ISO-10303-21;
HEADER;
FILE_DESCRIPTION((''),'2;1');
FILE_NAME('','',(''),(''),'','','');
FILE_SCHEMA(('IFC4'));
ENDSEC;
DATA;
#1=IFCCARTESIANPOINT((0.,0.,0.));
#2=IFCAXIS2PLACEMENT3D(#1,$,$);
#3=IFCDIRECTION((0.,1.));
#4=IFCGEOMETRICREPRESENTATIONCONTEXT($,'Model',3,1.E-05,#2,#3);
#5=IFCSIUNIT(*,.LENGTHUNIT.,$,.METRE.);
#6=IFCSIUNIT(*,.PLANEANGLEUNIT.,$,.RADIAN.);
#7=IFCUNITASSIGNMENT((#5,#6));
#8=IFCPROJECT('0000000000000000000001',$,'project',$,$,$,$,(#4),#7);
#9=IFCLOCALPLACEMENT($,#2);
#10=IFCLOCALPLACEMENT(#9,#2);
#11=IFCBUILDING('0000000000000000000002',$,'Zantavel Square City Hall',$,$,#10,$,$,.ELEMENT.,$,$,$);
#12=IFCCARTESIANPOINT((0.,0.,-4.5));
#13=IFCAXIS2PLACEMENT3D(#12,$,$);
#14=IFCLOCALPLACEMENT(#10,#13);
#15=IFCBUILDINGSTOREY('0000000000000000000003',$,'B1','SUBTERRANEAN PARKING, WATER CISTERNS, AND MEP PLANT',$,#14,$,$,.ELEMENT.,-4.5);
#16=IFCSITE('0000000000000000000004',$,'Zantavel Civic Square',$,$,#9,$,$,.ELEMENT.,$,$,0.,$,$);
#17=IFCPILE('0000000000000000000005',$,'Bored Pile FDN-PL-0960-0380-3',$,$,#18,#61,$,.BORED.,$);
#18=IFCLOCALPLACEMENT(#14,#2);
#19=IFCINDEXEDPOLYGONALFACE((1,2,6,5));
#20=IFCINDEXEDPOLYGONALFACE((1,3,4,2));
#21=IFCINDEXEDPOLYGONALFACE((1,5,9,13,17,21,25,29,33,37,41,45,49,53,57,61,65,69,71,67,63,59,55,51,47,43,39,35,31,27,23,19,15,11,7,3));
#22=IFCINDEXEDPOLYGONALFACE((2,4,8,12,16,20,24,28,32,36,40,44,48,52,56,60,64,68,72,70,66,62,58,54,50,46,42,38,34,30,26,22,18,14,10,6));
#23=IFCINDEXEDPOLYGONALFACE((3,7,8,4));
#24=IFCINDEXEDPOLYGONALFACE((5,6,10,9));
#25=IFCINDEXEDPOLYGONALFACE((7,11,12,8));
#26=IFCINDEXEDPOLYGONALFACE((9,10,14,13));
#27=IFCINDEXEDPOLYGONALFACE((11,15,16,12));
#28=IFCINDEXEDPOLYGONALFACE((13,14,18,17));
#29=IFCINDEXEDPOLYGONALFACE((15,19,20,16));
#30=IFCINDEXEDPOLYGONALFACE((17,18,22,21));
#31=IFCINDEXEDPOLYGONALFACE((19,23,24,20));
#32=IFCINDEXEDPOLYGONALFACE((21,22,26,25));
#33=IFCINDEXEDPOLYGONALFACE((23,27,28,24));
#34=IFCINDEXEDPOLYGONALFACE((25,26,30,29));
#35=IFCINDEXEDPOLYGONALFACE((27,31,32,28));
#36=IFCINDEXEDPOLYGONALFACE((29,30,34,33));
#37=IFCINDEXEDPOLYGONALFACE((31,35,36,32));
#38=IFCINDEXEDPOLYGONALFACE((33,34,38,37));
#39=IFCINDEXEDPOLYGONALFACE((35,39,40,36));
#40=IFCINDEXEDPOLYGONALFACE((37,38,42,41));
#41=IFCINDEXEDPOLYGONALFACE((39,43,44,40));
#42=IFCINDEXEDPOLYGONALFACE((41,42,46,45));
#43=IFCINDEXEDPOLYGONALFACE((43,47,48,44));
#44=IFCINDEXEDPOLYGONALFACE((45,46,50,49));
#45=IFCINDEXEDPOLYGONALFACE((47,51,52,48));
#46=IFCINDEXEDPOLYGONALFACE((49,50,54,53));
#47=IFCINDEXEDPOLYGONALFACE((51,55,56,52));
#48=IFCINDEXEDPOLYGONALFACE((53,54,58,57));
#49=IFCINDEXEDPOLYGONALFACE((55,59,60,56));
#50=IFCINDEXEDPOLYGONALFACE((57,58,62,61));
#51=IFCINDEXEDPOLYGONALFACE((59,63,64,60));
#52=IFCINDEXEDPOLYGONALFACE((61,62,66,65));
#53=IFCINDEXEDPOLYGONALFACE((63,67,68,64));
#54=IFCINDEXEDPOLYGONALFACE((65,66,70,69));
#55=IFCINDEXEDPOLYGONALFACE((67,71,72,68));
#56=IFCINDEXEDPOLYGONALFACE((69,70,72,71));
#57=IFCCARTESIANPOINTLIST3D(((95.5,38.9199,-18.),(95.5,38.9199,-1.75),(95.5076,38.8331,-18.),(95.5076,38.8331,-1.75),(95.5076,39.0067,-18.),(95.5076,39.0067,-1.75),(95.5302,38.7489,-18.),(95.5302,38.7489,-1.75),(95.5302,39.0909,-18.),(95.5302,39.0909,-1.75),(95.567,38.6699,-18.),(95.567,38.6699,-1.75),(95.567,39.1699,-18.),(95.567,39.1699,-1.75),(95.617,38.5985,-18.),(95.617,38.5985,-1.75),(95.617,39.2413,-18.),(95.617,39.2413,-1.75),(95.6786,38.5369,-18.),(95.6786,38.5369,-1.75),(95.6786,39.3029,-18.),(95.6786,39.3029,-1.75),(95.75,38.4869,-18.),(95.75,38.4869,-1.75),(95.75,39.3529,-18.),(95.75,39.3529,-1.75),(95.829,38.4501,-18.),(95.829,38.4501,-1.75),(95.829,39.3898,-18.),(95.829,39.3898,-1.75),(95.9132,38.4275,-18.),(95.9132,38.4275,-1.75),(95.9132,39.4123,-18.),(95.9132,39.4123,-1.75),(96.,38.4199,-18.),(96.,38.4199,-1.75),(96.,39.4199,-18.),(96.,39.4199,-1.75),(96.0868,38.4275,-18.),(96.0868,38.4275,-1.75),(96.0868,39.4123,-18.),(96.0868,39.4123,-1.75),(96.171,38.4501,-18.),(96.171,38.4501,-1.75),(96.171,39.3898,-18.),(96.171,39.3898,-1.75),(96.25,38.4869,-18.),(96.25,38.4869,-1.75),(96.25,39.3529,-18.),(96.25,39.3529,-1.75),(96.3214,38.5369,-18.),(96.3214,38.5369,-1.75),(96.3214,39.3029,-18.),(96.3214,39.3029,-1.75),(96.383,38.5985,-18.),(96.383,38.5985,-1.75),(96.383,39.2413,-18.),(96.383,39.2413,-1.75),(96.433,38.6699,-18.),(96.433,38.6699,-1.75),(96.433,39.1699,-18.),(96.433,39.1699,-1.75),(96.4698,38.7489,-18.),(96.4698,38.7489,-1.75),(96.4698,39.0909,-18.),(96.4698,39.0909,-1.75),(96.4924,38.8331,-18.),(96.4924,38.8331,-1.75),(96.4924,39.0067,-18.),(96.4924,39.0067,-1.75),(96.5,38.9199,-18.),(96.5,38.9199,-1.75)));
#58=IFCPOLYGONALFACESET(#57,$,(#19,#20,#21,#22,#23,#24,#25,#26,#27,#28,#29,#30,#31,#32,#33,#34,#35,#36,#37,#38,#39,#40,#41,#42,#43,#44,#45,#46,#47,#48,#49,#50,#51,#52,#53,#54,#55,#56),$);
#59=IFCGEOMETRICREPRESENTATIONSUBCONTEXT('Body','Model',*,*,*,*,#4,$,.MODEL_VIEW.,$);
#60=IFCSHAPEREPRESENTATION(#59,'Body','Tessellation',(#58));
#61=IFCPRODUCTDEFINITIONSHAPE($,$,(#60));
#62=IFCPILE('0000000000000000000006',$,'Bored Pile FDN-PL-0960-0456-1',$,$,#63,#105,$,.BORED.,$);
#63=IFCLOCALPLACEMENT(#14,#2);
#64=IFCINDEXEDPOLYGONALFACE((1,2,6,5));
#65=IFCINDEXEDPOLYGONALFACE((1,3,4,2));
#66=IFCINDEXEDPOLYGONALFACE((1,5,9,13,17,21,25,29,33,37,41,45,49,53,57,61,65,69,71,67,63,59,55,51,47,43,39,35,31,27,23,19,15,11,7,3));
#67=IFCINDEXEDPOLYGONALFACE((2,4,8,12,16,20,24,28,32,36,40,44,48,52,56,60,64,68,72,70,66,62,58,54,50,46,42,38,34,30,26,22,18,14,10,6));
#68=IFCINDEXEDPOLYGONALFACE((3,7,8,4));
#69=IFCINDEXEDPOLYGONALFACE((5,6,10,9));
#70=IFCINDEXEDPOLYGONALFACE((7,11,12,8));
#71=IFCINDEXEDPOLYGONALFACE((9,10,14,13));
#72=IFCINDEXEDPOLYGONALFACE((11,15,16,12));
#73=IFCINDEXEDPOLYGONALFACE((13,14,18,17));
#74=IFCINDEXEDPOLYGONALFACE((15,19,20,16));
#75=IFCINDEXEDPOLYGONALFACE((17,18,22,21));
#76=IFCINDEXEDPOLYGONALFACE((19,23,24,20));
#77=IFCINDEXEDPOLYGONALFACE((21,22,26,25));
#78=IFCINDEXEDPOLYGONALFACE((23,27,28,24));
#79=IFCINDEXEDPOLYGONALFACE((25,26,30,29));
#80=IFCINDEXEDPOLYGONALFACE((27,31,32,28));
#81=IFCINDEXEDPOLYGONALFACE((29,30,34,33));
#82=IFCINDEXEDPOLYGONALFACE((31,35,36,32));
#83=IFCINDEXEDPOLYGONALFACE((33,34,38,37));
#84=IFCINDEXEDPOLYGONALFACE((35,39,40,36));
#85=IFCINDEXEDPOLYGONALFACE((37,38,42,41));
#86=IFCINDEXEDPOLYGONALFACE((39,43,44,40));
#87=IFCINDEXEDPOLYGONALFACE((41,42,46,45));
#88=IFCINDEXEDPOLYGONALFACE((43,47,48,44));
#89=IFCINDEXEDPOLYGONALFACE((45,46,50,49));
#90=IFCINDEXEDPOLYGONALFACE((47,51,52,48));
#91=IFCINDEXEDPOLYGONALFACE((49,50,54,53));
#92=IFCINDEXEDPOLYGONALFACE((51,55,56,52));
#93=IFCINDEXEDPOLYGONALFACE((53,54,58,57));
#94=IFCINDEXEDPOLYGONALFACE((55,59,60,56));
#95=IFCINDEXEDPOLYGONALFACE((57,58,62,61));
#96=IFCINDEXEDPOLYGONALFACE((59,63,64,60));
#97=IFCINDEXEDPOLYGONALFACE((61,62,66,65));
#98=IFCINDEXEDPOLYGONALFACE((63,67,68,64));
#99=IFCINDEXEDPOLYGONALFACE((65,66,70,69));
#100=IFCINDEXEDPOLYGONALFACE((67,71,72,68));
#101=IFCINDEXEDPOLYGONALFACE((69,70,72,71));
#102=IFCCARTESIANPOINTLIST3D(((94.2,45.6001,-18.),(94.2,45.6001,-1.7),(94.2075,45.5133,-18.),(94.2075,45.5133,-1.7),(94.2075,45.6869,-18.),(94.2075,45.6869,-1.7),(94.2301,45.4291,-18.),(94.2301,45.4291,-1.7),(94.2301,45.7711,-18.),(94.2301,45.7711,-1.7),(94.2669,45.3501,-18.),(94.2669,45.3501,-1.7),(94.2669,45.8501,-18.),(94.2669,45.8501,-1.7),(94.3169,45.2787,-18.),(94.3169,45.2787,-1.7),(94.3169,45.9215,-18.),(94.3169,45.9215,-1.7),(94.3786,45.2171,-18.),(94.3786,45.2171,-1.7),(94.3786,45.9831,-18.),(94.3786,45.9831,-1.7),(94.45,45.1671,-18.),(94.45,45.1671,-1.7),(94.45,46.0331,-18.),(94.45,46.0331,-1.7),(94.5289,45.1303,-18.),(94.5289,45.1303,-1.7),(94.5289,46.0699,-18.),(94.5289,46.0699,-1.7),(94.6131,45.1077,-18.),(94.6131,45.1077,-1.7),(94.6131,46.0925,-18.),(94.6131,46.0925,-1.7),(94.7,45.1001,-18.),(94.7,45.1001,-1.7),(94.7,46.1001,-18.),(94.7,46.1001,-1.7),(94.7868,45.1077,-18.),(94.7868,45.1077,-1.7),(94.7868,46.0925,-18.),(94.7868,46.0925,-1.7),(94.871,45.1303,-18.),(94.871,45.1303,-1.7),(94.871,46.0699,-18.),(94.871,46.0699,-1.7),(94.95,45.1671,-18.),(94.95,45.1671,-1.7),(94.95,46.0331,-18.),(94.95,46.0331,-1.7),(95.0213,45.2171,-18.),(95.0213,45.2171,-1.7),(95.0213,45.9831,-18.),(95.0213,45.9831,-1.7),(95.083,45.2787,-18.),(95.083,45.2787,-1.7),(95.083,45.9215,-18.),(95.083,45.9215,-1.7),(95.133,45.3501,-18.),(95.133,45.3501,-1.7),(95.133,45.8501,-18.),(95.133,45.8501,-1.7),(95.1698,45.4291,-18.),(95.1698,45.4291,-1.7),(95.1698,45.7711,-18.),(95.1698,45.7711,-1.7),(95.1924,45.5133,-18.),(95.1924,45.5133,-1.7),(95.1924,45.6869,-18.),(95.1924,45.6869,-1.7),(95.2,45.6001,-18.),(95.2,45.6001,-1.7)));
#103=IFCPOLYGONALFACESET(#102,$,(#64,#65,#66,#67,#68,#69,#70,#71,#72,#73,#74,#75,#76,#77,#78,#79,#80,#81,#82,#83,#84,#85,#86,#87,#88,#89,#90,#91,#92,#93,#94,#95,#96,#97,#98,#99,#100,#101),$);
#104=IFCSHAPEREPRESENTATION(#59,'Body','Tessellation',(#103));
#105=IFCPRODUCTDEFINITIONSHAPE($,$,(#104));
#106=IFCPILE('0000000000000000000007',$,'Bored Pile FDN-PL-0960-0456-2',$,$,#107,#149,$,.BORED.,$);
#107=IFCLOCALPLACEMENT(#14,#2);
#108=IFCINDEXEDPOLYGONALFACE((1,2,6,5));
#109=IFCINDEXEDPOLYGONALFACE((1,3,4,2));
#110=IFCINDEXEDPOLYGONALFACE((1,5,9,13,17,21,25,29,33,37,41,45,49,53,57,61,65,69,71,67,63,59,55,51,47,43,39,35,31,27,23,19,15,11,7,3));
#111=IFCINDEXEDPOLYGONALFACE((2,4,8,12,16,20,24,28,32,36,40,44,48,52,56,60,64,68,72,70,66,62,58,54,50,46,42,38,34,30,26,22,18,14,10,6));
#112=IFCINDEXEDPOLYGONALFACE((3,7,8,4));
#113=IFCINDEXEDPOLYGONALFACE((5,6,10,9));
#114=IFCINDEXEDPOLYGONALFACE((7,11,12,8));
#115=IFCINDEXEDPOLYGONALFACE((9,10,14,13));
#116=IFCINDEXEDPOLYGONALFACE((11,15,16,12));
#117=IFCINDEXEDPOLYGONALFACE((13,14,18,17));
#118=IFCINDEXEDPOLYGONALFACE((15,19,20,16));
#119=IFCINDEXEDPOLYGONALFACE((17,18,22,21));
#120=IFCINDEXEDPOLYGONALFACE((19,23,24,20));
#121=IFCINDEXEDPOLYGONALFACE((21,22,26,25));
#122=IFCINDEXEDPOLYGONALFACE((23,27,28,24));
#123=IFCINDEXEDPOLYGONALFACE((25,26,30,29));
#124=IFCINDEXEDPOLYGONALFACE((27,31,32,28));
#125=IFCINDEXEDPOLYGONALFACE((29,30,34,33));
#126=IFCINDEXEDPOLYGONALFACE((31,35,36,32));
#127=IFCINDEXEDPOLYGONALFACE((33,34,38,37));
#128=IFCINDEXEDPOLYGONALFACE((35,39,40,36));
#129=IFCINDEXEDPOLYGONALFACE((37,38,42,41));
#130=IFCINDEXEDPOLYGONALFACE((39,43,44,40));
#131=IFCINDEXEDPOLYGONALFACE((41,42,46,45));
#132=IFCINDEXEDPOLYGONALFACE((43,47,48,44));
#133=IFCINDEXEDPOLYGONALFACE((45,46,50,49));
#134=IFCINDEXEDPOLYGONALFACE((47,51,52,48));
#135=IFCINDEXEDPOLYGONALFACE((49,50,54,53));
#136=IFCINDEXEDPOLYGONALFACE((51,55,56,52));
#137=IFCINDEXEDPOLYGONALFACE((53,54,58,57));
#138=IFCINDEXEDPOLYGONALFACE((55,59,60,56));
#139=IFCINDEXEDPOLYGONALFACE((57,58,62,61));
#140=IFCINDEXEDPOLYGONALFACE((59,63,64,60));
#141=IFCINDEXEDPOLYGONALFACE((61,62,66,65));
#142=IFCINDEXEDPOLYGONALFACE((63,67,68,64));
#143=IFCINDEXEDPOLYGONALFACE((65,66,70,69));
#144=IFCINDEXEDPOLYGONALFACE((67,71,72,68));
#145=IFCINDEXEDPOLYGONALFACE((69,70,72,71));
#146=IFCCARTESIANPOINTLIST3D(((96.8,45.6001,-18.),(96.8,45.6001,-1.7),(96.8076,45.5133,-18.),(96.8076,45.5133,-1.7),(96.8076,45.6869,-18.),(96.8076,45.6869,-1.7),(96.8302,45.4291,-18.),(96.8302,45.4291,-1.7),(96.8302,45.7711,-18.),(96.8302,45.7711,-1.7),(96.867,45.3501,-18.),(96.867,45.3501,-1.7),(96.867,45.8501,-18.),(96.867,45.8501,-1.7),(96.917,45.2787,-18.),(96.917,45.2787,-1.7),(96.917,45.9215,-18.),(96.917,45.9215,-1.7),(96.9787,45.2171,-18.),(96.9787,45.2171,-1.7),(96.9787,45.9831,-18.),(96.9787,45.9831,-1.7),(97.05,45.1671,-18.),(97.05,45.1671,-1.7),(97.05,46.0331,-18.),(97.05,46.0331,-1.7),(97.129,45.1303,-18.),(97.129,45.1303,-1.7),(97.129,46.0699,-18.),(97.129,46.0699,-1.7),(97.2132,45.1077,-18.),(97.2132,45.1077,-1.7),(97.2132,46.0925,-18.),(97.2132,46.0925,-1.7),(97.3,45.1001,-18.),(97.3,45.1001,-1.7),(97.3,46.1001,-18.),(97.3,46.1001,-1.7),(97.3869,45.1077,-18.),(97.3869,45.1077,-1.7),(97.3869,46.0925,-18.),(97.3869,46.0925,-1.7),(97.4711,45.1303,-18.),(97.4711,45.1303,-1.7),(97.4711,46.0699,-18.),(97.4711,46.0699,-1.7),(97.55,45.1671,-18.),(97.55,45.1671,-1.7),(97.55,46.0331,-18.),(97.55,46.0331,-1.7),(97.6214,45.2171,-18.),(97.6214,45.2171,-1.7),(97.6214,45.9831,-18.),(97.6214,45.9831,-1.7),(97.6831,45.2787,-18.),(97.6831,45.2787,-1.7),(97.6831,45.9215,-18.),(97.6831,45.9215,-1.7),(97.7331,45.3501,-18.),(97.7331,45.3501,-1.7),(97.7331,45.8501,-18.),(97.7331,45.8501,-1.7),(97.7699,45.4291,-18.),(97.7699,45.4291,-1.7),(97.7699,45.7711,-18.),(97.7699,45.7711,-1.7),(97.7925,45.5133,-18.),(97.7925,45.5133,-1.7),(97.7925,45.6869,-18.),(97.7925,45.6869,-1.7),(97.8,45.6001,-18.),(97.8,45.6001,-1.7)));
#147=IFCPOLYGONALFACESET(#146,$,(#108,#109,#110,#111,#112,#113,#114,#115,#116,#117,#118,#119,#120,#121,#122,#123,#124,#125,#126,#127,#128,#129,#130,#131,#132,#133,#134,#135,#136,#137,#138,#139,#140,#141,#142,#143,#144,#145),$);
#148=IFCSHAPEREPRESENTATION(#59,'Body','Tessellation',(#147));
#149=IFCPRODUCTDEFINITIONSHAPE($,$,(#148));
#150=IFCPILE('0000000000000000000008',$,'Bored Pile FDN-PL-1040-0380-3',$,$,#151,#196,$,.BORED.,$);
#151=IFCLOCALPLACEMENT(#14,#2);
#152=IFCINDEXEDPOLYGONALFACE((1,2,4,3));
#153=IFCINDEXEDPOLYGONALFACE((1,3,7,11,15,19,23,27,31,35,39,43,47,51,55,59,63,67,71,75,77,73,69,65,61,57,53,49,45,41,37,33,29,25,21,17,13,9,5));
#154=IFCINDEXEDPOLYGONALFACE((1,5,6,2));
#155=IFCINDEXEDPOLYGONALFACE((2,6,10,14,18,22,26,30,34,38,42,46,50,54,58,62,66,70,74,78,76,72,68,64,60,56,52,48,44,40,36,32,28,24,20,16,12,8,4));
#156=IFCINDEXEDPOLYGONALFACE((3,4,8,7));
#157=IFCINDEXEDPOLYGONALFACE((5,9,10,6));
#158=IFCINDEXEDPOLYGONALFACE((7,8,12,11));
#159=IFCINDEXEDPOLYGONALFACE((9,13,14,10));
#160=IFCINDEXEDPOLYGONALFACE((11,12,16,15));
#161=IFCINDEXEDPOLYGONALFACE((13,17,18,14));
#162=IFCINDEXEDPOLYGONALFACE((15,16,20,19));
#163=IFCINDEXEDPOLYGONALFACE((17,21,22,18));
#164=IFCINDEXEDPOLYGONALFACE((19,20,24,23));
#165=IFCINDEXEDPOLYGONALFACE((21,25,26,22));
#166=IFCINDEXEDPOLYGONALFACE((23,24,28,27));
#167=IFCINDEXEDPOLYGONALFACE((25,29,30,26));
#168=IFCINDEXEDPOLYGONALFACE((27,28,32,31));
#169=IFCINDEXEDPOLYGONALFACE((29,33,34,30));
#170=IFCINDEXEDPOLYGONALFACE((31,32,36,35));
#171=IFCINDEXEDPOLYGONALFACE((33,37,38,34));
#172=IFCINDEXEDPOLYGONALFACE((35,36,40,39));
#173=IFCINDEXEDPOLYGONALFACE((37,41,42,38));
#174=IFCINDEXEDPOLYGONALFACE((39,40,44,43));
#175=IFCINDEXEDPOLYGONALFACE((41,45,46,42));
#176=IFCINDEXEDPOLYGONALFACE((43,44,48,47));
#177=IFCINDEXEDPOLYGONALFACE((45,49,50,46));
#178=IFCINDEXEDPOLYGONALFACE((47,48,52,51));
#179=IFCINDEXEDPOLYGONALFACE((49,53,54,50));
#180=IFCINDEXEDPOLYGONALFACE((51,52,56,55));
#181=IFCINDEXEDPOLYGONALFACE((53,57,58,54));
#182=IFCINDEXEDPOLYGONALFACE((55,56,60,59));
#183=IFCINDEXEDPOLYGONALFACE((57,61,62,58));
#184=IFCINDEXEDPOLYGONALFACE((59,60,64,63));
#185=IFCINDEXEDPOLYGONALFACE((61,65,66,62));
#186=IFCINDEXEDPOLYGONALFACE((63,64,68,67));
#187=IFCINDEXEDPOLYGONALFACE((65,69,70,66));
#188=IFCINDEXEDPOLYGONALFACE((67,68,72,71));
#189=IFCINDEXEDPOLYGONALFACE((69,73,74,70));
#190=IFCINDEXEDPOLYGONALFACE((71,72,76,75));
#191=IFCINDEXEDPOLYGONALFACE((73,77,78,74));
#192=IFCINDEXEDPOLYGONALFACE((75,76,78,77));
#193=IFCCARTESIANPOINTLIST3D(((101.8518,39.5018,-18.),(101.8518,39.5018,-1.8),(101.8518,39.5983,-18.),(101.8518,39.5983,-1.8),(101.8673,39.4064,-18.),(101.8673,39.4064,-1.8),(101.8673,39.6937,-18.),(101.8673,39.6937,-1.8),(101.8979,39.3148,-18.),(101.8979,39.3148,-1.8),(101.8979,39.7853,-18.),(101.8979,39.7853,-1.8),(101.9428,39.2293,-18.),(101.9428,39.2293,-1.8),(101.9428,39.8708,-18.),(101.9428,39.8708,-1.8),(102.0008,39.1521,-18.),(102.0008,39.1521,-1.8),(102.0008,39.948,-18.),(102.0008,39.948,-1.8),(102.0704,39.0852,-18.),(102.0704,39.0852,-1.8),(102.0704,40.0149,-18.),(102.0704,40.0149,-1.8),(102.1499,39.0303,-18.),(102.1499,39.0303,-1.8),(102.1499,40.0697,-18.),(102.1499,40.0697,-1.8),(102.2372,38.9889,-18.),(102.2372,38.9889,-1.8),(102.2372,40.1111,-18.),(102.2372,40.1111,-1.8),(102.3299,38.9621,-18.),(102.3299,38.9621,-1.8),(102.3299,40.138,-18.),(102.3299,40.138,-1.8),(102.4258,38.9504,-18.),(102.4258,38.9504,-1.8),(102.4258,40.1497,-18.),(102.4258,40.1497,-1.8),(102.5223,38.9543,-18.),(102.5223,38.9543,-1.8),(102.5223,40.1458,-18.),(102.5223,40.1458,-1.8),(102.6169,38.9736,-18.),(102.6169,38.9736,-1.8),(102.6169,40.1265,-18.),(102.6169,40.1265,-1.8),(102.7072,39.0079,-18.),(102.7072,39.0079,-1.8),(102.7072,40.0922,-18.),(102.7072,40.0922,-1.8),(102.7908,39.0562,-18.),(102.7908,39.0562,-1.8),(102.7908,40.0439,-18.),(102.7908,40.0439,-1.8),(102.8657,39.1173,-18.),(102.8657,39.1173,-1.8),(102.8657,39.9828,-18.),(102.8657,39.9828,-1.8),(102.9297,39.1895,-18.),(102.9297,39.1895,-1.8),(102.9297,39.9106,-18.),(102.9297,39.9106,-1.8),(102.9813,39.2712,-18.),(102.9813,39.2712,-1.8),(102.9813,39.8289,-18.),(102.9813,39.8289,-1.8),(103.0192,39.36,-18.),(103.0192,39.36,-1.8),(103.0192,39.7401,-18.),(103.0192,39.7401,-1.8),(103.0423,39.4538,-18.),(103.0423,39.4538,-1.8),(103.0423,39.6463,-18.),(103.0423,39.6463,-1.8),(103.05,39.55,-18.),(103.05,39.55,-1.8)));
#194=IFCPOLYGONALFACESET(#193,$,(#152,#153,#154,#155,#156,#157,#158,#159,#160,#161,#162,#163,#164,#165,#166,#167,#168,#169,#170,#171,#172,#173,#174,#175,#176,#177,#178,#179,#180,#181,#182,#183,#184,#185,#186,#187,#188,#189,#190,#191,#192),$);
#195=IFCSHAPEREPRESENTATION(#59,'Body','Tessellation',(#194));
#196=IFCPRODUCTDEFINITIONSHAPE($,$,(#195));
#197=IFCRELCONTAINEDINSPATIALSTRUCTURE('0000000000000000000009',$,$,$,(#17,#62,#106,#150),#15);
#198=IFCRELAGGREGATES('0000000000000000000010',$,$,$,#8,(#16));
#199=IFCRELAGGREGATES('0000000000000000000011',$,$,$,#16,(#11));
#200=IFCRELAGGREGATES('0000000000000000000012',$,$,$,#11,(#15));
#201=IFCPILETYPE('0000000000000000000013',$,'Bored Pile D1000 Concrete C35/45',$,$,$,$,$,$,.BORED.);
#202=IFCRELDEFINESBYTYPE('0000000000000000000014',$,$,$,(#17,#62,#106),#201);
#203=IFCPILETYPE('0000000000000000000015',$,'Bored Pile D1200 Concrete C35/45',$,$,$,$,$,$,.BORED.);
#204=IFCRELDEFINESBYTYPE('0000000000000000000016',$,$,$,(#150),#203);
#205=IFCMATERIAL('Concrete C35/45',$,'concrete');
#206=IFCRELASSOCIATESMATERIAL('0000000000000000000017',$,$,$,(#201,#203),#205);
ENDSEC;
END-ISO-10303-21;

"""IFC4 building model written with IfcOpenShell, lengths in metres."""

from ifc_helpers import new_model, si_unit, direction, frame, origin, origin_2d, place, context, subcontext, project, spatial, circle, extrude, material, material_profile, profile_set, type_object, element, save


model = new_model("IFC4")

# Units and contexts
model_context = context("Model", 3, precision=1e-05, world=origin(), true_north=direction((0.0, 1.0)))
body_context = subcontext(model_context, "Body", "Model", "MODEL_VIEW")
ifc_project = project(units=[si_unit("LENGTHUNIT", "METRE"), si_unit("PLANEANGLEUNIT", "RADIAN")], contexts=[model_context])

# Site, building, storey
site_placement = place(None, origin())
site = spatial("IfcSite", under=ifc_project, at=site_placement, Name="Zantavel Civic Square", CompositionType="ELEMENT", RefElevation=0.0)
building_placement = place(site_placement, origin())
building = spatial("IfcBuilding", under=site, at=building_placement, Name="Zantavel Square City Hall", CompositionType="ELEMENT")
storey_placement = place(building_placement, frame((0.0, 0.0, -4.5)))
storey = spatial("IfcBuildingStorey", under=building, at=storey_placement, Name="B1", Description="SUBTERRANEAN PARKING, WATER CISTERNS, AND MEP PLANT", CompositionType="ELEMENT", Elevation=-4.5)

# Piles
ifc_material_1 = material(Name="Concrete C35/45", Category="concrete")
ifc_material_profile_1 = material_profile(ifc_material_1, circle(Radius=0.5, at=origin_2d()), Name="PILE D1000")
ifc_profile_set_1 = profile_set([ifc_material_profile_1], Name="Concrete C35/45")
pile_type_1 = type_object("IfcPileType", Name="Bored Pile D1000 Concrete C35/45", PredefinedType="BORED", material=ifc_profile_set_1)
pile_placement = place(storey_placement, frame((96.0, 38.9199, -1.75), z_axis=(0.0, 0.0, -1.0), x_axis=(1.0, 0.0, 0.0)))
element("IfcPile", 1, at=pile_placement, inside=storey, type_object=pile_type_1, Name="Bored Pile FDN-PL-0960-0380-3", PredefinedType="BORED", context=body_context, shape_type="SweptSolid", body=[
    extrude(circle(Radius=0.5, at=origin_2d()), origin(), (0.0, 0.0, 1.0), 16.25),
])
for number, where, z_axis, x_axis, name in (
    (2, (94.7, 45.6001, -1.7), (0.0, 0.0, -1.0), (1.0, 0.0, 0.0), "Bored Pile FDN-PL-0960-0456-1"),
    (3, (97.3, 45.6001, -1.7), (0.0, 0.0, -1.0), (1.0, 0.0, 0.0), "Bored Pile FDN-PL-0960-0456-2"),
):
    element("IfcPile", number, at=place(storey_placement, frame(where, z_axis=z_axis, x_axis=x_axis)), inside=storey, type_object=pile_type_1, Name=name, PredefinedType="BORED", context=body_context, shape_type="SweptSolid", body=[
        extrude(circle(Radius=0.5, at=origin_2d()), origin(), (0.0, 0.0, 1.0), 16.3),
    ])
ifc_material_profile_2 = material_profile(ifc_material_1, circle(Radius=0.6001, at=origin_2d()), Name="PILE D1200")
ifc_profile_set_2 = profile_set([ifc_material_profile_2], Name="Concrete C35/45")
pile_type_2 = type_object("IfcPileType", Name="Bored Pile D1200 Concrete C35/45", PredefinedType="BORED", material=ifc_profile_set_2)
for number, where, z_axis, x_axis, name in (
    (4, (102.45, 39.55, -1.8), (0.0, 0.0, -1.0), (1.0, 0.0, 0.0), "Bored Pile FDN-PL-1040-0380-3"),
):
    element("IfcPile", number, at=place(storey_placement, frame(where, z_axis=z_axis, x_axis=x_axis)), inside=storey, type_object=pile_type_2, Name=name, PredefinedType="BORED", context=body_context, shape_type="SweptSolid", body=[
        extrude(circle(Radius=0.6001, at=origin_2d()), origin(), (0.0, 0.0, 1.0), 16.2),
    ])

save(model, "model.ifc")
